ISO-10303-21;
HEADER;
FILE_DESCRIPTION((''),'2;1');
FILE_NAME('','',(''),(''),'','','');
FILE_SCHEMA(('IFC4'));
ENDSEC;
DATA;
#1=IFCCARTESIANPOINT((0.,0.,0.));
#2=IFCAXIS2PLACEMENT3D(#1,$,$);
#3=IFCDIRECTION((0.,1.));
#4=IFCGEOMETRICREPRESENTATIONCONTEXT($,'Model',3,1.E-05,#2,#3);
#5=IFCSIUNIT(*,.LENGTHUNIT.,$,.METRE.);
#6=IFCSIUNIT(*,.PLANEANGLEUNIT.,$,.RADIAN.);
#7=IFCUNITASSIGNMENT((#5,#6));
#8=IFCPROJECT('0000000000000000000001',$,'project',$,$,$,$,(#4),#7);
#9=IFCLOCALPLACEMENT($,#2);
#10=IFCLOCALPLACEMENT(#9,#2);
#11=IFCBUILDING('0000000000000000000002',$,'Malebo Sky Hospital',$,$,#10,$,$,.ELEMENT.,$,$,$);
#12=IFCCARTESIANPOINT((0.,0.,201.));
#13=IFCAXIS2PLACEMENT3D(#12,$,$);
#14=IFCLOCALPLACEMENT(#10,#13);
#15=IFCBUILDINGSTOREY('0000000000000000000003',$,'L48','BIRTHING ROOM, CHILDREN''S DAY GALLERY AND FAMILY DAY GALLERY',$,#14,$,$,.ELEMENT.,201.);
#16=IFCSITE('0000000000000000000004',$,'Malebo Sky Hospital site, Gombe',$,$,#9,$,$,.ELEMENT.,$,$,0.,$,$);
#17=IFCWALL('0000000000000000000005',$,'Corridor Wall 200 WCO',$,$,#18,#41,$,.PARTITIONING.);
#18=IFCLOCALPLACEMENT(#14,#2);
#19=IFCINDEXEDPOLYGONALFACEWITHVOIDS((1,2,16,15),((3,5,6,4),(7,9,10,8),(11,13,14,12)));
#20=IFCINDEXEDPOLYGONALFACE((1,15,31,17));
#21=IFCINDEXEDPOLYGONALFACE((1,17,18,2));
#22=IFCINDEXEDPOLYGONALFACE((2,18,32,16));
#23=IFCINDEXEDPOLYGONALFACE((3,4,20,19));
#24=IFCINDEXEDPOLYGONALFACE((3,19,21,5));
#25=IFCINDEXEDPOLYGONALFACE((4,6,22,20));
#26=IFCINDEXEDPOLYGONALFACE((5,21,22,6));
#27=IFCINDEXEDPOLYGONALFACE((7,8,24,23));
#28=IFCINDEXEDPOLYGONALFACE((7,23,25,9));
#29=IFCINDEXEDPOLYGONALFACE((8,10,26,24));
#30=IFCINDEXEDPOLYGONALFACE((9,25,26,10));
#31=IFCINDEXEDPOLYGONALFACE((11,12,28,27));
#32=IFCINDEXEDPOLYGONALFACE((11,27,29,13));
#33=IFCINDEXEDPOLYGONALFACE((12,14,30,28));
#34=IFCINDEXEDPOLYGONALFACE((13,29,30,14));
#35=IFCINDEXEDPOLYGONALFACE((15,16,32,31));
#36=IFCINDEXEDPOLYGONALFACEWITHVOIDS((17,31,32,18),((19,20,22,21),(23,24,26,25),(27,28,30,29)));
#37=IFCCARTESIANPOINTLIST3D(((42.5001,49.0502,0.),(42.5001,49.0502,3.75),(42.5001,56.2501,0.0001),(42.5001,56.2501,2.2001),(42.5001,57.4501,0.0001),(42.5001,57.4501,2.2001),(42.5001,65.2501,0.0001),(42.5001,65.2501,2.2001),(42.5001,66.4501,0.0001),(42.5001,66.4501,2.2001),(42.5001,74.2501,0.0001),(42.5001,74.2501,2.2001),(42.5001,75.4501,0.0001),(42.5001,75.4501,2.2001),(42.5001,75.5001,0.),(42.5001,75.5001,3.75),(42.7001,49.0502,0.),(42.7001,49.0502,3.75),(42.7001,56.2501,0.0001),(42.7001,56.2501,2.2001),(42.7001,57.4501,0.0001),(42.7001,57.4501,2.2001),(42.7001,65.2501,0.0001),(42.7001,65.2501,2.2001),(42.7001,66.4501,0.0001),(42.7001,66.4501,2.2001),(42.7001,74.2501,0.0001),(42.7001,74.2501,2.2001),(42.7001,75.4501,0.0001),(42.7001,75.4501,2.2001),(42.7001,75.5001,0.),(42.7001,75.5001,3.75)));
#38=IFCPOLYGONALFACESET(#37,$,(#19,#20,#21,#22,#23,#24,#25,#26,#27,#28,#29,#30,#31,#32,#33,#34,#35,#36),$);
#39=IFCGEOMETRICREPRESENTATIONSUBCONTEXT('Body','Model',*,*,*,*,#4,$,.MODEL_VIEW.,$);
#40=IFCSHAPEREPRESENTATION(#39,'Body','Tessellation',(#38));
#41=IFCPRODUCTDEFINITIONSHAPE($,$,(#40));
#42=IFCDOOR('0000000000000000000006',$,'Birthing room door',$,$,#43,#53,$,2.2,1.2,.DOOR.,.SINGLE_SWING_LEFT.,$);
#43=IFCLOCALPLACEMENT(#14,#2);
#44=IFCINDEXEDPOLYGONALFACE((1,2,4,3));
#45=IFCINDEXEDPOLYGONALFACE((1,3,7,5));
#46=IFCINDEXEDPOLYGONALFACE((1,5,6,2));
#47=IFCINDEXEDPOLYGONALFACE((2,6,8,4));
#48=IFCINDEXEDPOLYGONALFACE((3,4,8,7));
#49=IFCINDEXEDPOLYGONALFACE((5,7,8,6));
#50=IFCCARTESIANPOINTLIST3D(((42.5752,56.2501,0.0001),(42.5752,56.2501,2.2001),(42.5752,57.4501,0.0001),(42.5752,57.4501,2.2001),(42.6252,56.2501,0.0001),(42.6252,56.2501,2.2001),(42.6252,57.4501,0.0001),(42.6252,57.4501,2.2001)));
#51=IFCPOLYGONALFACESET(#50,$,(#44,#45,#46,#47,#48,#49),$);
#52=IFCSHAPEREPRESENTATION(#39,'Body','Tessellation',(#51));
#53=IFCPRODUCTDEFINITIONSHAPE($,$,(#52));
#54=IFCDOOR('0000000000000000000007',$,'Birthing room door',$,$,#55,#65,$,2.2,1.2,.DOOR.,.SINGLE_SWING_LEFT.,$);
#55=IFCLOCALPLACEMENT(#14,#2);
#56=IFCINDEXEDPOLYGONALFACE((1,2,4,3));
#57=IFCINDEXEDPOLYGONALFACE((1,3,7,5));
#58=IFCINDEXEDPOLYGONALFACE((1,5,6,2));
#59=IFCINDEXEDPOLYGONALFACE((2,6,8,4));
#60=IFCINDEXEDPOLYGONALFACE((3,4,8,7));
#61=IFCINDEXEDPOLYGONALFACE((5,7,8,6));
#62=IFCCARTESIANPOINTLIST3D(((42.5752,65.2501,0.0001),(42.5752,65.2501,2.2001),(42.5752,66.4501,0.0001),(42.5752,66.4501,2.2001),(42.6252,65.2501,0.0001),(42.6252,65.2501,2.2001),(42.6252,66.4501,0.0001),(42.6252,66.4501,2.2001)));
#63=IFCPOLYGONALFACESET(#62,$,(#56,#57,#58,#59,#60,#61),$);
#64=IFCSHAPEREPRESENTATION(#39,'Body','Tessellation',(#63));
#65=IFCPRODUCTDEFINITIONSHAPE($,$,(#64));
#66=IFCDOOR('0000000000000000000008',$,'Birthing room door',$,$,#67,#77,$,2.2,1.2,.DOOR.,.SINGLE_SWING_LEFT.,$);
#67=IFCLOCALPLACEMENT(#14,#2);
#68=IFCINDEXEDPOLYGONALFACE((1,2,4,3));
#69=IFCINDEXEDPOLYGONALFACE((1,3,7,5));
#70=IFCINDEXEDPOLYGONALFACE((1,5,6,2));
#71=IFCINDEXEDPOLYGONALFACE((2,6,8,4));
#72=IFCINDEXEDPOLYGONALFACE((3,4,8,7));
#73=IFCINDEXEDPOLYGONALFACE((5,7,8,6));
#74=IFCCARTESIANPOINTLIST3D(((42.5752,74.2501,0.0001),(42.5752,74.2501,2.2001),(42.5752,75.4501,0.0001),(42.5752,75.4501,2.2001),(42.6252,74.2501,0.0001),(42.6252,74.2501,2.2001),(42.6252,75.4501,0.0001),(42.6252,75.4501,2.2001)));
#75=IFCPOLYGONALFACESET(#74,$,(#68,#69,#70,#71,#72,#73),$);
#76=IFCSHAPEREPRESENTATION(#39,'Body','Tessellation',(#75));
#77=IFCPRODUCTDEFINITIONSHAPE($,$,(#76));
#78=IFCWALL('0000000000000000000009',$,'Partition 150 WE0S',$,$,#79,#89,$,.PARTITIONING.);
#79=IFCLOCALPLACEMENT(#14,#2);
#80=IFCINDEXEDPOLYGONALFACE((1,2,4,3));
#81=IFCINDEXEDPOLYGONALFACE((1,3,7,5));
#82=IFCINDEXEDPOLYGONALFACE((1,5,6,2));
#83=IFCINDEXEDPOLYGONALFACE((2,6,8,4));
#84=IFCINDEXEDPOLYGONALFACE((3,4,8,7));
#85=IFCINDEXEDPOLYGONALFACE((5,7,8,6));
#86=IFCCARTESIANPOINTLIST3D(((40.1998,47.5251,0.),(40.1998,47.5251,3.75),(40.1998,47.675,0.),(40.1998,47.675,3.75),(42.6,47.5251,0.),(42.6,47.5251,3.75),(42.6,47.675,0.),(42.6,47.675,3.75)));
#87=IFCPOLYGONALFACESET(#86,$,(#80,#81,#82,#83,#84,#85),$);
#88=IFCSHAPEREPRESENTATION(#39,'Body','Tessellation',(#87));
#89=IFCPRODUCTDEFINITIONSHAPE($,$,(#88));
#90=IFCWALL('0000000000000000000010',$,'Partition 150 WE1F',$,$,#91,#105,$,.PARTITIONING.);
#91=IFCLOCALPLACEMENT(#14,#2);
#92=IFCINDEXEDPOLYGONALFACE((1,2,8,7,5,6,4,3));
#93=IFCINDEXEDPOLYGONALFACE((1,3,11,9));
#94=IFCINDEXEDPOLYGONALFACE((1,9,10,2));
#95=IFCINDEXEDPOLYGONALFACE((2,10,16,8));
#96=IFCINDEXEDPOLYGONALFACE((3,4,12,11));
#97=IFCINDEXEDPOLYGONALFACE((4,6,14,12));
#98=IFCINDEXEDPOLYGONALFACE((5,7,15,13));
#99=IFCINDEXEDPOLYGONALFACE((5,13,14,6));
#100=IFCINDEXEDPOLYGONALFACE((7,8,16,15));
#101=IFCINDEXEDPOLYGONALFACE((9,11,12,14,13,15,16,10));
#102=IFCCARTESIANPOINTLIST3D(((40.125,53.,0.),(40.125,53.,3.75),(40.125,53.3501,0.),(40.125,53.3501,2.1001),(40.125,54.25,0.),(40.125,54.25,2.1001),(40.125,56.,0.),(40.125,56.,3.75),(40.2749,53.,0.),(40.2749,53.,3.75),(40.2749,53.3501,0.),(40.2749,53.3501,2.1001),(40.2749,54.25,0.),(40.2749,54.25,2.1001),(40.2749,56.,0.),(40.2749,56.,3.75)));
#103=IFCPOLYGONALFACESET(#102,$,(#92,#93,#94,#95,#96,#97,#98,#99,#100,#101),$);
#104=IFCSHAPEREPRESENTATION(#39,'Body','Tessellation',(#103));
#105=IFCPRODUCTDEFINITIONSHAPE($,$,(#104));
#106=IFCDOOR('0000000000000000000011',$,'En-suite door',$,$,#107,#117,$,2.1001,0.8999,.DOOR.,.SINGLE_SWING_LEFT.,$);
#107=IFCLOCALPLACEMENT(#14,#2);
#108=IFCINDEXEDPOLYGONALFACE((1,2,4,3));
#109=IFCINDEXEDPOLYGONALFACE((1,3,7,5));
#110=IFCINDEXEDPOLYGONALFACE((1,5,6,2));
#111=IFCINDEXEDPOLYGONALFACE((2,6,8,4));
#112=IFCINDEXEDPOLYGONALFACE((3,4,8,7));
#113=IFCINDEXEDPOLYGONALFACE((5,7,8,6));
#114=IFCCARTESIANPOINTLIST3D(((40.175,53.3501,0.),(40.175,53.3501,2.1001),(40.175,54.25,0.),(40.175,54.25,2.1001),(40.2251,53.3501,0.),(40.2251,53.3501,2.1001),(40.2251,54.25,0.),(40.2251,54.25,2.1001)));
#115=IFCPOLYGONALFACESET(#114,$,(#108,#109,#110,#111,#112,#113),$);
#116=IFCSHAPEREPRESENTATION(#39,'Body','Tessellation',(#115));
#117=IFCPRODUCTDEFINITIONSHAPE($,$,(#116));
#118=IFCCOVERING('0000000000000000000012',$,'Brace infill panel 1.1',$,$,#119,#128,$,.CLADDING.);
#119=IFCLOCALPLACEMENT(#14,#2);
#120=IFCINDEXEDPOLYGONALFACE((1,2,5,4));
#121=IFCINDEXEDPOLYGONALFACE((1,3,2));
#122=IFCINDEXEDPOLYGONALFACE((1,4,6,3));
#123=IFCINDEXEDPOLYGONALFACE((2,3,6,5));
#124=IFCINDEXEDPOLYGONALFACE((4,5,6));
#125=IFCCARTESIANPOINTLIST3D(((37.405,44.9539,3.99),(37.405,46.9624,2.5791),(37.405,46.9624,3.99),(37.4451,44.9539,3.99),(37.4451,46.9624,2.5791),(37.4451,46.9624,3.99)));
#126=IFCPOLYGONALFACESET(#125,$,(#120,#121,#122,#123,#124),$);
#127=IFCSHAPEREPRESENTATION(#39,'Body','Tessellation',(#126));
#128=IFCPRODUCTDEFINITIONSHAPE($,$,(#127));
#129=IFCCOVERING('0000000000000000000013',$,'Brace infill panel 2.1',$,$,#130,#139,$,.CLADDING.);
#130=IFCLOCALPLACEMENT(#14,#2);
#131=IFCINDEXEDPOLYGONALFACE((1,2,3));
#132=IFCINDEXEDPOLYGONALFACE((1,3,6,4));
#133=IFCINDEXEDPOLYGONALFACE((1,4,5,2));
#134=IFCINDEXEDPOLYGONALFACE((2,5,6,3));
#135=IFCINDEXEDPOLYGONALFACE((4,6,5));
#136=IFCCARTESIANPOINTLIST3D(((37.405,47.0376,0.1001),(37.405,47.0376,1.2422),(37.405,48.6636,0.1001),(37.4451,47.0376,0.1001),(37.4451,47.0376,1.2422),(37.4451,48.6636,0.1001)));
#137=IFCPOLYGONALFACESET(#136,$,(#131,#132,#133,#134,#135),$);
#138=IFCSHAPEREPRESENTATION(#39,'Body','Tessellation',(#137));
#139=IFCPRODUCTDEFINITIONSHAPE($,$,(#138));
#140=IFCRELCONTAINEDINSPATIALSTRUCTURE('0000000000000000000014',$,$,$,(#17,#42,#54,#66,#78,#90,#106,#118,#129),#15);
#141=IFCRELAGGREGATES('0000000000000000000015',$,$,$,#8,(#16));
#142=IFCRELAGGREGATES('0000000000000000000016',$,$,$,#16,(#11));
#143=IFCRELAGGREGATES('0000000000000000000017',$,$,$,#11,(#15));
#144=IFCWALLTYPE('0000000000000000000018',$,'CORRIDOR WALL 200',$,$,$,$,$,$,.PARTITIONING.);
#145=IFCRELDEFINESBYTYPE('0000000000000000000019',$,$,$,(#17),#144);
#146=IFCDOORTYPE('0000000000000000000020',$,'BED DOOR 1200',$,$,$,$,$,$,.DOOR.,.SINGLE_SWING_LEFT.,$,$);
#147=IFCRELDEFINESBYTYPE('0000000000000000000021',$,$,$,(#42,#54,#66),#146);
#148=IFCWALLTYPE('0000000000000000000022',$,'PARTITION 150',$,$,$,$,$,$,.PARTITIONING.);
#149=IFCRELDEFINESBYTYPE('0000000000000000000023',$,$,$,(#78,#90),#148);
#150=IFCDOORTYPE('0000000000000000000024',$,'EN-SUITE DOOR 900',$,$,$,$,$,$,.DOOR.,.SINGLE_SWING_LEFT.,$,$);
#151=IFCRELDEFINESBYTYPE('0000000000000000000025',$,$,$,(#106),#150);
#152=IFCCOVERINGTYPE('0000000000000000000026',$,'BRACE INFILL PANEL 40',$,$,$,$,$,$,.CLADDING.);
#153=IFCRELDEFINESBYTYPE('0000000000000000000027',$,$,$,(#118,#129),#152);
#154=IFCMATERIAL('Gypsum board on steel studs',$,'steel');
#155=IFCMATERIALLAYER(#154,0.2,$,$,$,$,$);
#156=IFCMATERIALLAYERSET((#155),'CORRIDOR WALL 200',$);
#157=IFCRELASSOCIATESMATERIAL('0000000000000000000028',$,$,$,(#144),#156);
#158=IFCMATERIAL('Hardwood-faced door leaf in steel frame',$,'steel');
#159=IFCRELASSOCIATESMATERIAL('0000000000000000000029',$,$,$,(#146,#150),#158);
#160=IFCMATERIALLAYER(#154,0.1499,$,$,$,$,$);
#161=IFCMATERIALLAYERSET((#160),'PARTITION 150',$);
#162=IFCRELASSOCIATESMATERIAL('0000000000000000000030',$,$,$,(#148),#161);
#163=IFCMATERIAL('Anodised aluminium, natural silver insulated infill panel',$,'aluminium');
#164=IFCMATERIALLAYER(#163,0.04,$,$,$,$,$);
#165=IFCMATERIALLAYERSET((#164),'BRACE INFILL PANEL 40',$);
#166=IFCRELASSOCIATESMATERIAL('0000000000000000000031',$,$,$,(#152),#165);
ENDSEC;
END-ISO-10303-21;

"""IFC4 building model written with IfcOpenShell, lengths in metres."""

from ifc_helpers import new_model, si_unit, direction, frame, frame_2d, origin, place, context, subcontext, project, spatial, polyline, rectangle, outline, extrude, material, layer, layer_set, type_object, element, fill, save


model = new_model("IFC4")

# Units and contexts
model_context = context("Model", 3, precision=1e-05, world=origin(), true_north=direction((0.0, 1.0)))
body_context = subcontext(model_context, "Body", "Model", "MODEL_VIEW")
ifc_project = project(units=[si_unit("LENGTHUNIT", "METRE"), si_unit("PLANEANGLEUNIT", "RADIAN")], contexts=[model_context])

# Site, building, storey
site_placement = place(None, origin())
site = spatial("IfcSite", under=ifc_project, at=site_placement, Name="Malebo Sky Hospital site, Gombe", CompositionType="ELEMENT", RefElevation=0.0)
building_placement = place(site_placement, origin())
building = spatial("IfcBuilding", under=site, at=building_placement, Name="Malebo Sky Hospital", CompositionType="ELEMENT")
storey_placement = place(building_placement, frame((0.0, 0.0, 201.0)))
storey = spatial("IfcBuildingStorey", under=building, at=storey_placement, Name="L48", Description="BIRTHING ROOM, CHILDREN'S DAY GALLERY AND FAMILY DAY GALLERY", CompositionType="ELEMENT", Elevation=201.0)

# Wall, openings, doors
ifc_material_1 = material(Name="Gypsum board on steel studs", Category="steel")
ifc_layer_1 = layer(ifc_material_1, 0.2)
ifc_layer_set_1 = layer_set([ifc_layer_1], Name="CORRIDOR WALL 200")
wall_type_1 = type_object("IfcWallType", Name="CORRIDOR WALL 200", PredefinedType="PARTITIONING", material=ifc_layer_set_1)
wall_1_placement = place(storey_placement, frame((42.6001, 49.05, 0.0), z_axis=(0.0, 0.0, 1.0), x_axis=(0.0, 1.0, 0.0)))
wall_1 = element("IfcWall", 1, at=wall_1_placement, inside=storey, type_object=wall_type_1, Name="Corridor Wall 200 WCO", PredefinedType="PARTITIONING", context=body_context, shape_type="SweptSolid", body=[
    extrude(rectangle(XDim=26.45, YDim=0.2, at=frame_2d((13.2251, 0.0))), origin(), (0.0, 0.0, 1.0), 3.75),
])
opening_1_placement = place(wall_1_placement, frame((7.2, 0.0, 0.0)))
opening_1 = element("IfcOpeningElement", 2, at=opening_1_placement, cuts=wall_1, PredefinedType="OPENING", context=body_context, shape_type="SweptSolid", body=[
    extrude(rectangle(XDim=1.2, YDim=2.2, at=frame_2d((0.6001, 1.1001))), frame((0.0, 0.1099, 0.0), z_axis=(0.0, -1.0, 0.0), x_axis=(1.0, 0.0, 0.0)), (0.0, 0.0, 1.0), 0.22),
])
opening_2_placement = place(wall_1_placement, frame((16.2, 0.0, 0.0)))
opening_2 = element("IfcOpeningElement", 3, at=opening_2_placement, cuts=wall_1, PredefinedType="OPENING", context=body_context, shape_type="SweptSolid", body=[
    extrude(rectangle(XDim=1.2, YDim=2.2, at=frame_2d((0.6001, 1.1001))), frame((0.0, 0.1099, 0.0), z_axis=(0.0, -1.0, 0.0), x_axis=(1.0, 0.0, 0.0)), (0.0, 0.0, 1.0), 0.22),
])
opening_3_placement = place(wall_1_placement, frame((25.2, 0.0, 0.0)))
opening_3 = element("IfcOpeningElement", 4, at=opening_3_placement, cuts=wall_1, PredefinedType="OPENING", context=body_context, shape_type="SweptSolid", body=[
    extrude(rectangle(XDim=1.2, YDim=2.2, at=frame_2d((0.6001, 1.1001))), frame((0.0, 0.1099, 0.0), z_axis=(0.0, -1.0, 0.0), x_axis=(1.0, 0.0, 0.0)), (0.0, 0.0, 1.0), 0.22),
])
ifc_material_2 = material(Name="Hardwood-faced door leaf in steel frame", Category="steel")
door_type_1 = type_object("IfcDoorType", Name="BED DOOR 1200", OperationType="SINGLE_SWING_LEFT", PredefinedType="DOOR", material=ifc_material_2)
door_1_placement = place(opening_1_placement, origin())
door_1 = element("IfcDoor", 5, at=door_1_placement, inside=storey, type_object=door_type_1, Name="Birthing room door", OperationType="SINGLE_SWING_LEFT", OverallHeight=2.2, OverallWidth=1.2, PredefinedType="DOOR", context=body_context, shape_type="SweptSolid", body=[
    extrude(rectangle(XDim=1.2, YDim=2.2, at=frame_2d((0.6001, 1.1001))), frame((0.0, 0.0249, 0.0), z_axis=(0.0, -1.0, 0.0), x_axis=(1.0, 0.0, 0.0)), (0.0, 0.0, 1.0), 0.05),
])
fill(opening_1, door_1)
door_2_placement = place(opening_2_placement, origin())
door_2 = element("IfcDoor", 6, at=door_2_placement, inside=storey, type_object=door_type_1, Name="Birthing room door", OperationType="SINGLE_SWING_LEFT", OverallHeight=2.2, OverallWidth=1.2, PredefinedType="DOOR", context=body_context, shape_type="SweptSolid", body=[
    extrude(rectangle(XDim=1.2, YDim=2.2, at=frame_2d((0.6001, 1.1001))), frame((0.0, 0.0249, 0.0), z_axis=(0.0, -1.0, 0.0), x_axis=(1.0, 0.0, 0.0)), (0.0, 0.0, 1.0), 0.05),
])
fill(opening_2, door_2)
door_3_placement = place(opening_3_placement, origin())
door_3 = element("IfcDoor", 7, at=door_3_placement, inside=storey, type_object=door_type_1, Name="Birthing room door", OperationType="SINGLE_SWING_LEFT", OverallHeight=2.2, OverallWidth=1.2, PredefinedType="DOOR", context=body_context, shape_type="SweptSolid", body=[
    extrude(rectangle(XDim=1.2, YDim=2.2, at=frame_2d((0.6001, 1.1001))), frame((0.0, 0.0249, 0.0), z_axis=(0.0, -1.0, 0.0), x_axis=(1.0, 0.0, 0.0)), (0.0, 0.0, 1.0), 0.05),
])
fill(opening_3, door_3)

# Wall
ifc_layer_2 = layer(ifc_material_1, 0.1499)
ifc_layer_set_2 = layer_set([ifc_layer_2], Name="PARTITION 150")
wall_type_2 = type_object("IfcWallType", Name="PARTITION 150", PredefinedType="PARTITIONING", material=ifc_layer_set_2)
wall_2_placement = place(storey_placement, frame((42.6001, 47.6001, 0.0), z_axis=(0.0, 0.0, 1.0), x_axis=(-1.0, 0.0, 0.0)))
element("IfcWall", 8, at=wall_2_placement, inside=storey, type_object=wall_type_2, Name="Partition 150 WE0S", PredefinedType="PARTITIONING", context=body_context, shape_type="SweptSolid", body=[
    extrude(rectangle(XDim=2.4001, YDim=0.1499, at=frame_2d((1.2002, 0.0))), origin(), (0.0, 0.0, 1.0), 3.75),
])

# Wall, opening, door
wall_3_placement = place(storey_placement, frame((40.2, 53.0, 0.0), z_axis=(0.0, 0.0, 1.0), x_axis=(0.0, 1.0, 0.0)))
wall_3 = element("IfcWall", 9, at=wall_3_placement, inside=storey, type_object=wall_type_2, Name="Partition 150 WE1F", PredefinedType="PARTITIONING", context=body_context, shape_type="SweptSolid", body=[
    extrude(rectangle(XDim=3.0, YDim=0.1499, at=frame_2d((1.5, 0.0))), origin(), (0.0, 0.0, 1.0), 3.75),
])
opening_4_placement = place(wall_3_placement, frame((0.3501, 0.0, 0.0)))
opening_4 = element("IfcOpeningElement", 10, at=opening_4_placement, cuts=wall_3, PredefinedType="OPENING", context=body_context, shape_type="SweptSolid", body=[
    extrude(rectangle(XDim=0.8999, YDim=2.1001, at=frame_2d((0.45, 1.05))), frame((0.0, 0.085, 0.0), z_axis=(0.0, -1.0, 0.0), x_axis=(1.0, 0.0, 0.0)), (0.0, 0.0, 1.0), 0.1699),
])
door_type_2 = type_object("IfcDoorType", Name="EN-SUITE DOOR 900", OperationType="SINGLE_SWING_LEFT", PredefinedType="DOOR", material=ifc_material_2)
door_4_placement = place(opening_4_placement, origin())
door_4 = element("IfcDoor", 11, at=door_4_placement, inside=storey, type_object=door_type_2, Name="En-suite door", OperationType="SINGLE_SWING_LEFT", OverallHeight=2.1001, OverallWidth=0.8999, PredefinedType="DOOR", context=body_context, shape_type="SweptSolid", body=[
    extrude(rectangle(XDim=0.8999, YDim=2.1001, at=frame_2d((0.45, 1.05))), frame((0.0, 0.0249, 0.0), z_axis=(0.0, -1.0, 0.0), x_axis=(1.0, 0.0, 0.0)), (0.0, 0.0, 1.0), 0.05),
])
fill(opening_4, door_4)

# Coverings
ifc_material_3 = material(Name="Anodised aluminium, natural silver insulated infill panel", Category="aluminium")
ifc_layer_3 = layer(ifc_material_3, 0.04)
ifc_layer_set_3 = layer_set([ifc_layer_3], Name="BRACE INFILL PANEL 40")
covering_type = type_object("IfcCoveringType", Name="BRACE INFILL PANEL 40", PredefinedType="CLADDING", material=ifc_layer_set_3)
covering_1_placement = place(storey_placement, frame((37.425, 45.9583, 2.5791), z_axis=(0.0, 0.0, 1.0), x_axis=(0.0, 1.0, 0.0)))
element("IfcCovering", 12, at=covering_1_placement, inside=storey, type_object=covering_type, Name="Brace infill panel 1.1", PredefinedType="CLADDING", context=body_context, shape_type="SweptSolid", body=[
    extrude(outline(polyline([(1.0042, 0.0), (1.0042, 1.4109), (-1.0044, 1.4109), (1.0042, 0.0)])), frame((0.0, 0.02, 0.0), z_axis=(0.0, -1.0, 0.0), x_axis=(1.0, 0.0, 0.0)), (0.0, 0.0, 1.0), 0.04),
])
covering_2_placement = place(storey_placement, frame((37.425, 47.8506, 0.1001), z_axis=(0.0, 0.0, 1.0), x_axis=(0.0, 1.0, 0.0)))
element("IfcCovering", 13, at=covering_2_placement, inside=storey, type_object=covering_type, Name="Brace infill panel 2.1", PredefinedType="CLADDING", context=body_context, shape_type="SweptSolid", body=[
    extrude(outline(polyline([(-0.813, 0.0), (0.813, 0.0), (-0.813, 1.1421), (-0.813, 0.0)])), frame((0.0, 0.02, 0.0), z_axis=(0.0, -1.0, 0.0), x_axis=(1.0, 0.0, 0.0)), (0.0, 0.0, 1.0), 0.04),
])

save(model, "model.ifc")
